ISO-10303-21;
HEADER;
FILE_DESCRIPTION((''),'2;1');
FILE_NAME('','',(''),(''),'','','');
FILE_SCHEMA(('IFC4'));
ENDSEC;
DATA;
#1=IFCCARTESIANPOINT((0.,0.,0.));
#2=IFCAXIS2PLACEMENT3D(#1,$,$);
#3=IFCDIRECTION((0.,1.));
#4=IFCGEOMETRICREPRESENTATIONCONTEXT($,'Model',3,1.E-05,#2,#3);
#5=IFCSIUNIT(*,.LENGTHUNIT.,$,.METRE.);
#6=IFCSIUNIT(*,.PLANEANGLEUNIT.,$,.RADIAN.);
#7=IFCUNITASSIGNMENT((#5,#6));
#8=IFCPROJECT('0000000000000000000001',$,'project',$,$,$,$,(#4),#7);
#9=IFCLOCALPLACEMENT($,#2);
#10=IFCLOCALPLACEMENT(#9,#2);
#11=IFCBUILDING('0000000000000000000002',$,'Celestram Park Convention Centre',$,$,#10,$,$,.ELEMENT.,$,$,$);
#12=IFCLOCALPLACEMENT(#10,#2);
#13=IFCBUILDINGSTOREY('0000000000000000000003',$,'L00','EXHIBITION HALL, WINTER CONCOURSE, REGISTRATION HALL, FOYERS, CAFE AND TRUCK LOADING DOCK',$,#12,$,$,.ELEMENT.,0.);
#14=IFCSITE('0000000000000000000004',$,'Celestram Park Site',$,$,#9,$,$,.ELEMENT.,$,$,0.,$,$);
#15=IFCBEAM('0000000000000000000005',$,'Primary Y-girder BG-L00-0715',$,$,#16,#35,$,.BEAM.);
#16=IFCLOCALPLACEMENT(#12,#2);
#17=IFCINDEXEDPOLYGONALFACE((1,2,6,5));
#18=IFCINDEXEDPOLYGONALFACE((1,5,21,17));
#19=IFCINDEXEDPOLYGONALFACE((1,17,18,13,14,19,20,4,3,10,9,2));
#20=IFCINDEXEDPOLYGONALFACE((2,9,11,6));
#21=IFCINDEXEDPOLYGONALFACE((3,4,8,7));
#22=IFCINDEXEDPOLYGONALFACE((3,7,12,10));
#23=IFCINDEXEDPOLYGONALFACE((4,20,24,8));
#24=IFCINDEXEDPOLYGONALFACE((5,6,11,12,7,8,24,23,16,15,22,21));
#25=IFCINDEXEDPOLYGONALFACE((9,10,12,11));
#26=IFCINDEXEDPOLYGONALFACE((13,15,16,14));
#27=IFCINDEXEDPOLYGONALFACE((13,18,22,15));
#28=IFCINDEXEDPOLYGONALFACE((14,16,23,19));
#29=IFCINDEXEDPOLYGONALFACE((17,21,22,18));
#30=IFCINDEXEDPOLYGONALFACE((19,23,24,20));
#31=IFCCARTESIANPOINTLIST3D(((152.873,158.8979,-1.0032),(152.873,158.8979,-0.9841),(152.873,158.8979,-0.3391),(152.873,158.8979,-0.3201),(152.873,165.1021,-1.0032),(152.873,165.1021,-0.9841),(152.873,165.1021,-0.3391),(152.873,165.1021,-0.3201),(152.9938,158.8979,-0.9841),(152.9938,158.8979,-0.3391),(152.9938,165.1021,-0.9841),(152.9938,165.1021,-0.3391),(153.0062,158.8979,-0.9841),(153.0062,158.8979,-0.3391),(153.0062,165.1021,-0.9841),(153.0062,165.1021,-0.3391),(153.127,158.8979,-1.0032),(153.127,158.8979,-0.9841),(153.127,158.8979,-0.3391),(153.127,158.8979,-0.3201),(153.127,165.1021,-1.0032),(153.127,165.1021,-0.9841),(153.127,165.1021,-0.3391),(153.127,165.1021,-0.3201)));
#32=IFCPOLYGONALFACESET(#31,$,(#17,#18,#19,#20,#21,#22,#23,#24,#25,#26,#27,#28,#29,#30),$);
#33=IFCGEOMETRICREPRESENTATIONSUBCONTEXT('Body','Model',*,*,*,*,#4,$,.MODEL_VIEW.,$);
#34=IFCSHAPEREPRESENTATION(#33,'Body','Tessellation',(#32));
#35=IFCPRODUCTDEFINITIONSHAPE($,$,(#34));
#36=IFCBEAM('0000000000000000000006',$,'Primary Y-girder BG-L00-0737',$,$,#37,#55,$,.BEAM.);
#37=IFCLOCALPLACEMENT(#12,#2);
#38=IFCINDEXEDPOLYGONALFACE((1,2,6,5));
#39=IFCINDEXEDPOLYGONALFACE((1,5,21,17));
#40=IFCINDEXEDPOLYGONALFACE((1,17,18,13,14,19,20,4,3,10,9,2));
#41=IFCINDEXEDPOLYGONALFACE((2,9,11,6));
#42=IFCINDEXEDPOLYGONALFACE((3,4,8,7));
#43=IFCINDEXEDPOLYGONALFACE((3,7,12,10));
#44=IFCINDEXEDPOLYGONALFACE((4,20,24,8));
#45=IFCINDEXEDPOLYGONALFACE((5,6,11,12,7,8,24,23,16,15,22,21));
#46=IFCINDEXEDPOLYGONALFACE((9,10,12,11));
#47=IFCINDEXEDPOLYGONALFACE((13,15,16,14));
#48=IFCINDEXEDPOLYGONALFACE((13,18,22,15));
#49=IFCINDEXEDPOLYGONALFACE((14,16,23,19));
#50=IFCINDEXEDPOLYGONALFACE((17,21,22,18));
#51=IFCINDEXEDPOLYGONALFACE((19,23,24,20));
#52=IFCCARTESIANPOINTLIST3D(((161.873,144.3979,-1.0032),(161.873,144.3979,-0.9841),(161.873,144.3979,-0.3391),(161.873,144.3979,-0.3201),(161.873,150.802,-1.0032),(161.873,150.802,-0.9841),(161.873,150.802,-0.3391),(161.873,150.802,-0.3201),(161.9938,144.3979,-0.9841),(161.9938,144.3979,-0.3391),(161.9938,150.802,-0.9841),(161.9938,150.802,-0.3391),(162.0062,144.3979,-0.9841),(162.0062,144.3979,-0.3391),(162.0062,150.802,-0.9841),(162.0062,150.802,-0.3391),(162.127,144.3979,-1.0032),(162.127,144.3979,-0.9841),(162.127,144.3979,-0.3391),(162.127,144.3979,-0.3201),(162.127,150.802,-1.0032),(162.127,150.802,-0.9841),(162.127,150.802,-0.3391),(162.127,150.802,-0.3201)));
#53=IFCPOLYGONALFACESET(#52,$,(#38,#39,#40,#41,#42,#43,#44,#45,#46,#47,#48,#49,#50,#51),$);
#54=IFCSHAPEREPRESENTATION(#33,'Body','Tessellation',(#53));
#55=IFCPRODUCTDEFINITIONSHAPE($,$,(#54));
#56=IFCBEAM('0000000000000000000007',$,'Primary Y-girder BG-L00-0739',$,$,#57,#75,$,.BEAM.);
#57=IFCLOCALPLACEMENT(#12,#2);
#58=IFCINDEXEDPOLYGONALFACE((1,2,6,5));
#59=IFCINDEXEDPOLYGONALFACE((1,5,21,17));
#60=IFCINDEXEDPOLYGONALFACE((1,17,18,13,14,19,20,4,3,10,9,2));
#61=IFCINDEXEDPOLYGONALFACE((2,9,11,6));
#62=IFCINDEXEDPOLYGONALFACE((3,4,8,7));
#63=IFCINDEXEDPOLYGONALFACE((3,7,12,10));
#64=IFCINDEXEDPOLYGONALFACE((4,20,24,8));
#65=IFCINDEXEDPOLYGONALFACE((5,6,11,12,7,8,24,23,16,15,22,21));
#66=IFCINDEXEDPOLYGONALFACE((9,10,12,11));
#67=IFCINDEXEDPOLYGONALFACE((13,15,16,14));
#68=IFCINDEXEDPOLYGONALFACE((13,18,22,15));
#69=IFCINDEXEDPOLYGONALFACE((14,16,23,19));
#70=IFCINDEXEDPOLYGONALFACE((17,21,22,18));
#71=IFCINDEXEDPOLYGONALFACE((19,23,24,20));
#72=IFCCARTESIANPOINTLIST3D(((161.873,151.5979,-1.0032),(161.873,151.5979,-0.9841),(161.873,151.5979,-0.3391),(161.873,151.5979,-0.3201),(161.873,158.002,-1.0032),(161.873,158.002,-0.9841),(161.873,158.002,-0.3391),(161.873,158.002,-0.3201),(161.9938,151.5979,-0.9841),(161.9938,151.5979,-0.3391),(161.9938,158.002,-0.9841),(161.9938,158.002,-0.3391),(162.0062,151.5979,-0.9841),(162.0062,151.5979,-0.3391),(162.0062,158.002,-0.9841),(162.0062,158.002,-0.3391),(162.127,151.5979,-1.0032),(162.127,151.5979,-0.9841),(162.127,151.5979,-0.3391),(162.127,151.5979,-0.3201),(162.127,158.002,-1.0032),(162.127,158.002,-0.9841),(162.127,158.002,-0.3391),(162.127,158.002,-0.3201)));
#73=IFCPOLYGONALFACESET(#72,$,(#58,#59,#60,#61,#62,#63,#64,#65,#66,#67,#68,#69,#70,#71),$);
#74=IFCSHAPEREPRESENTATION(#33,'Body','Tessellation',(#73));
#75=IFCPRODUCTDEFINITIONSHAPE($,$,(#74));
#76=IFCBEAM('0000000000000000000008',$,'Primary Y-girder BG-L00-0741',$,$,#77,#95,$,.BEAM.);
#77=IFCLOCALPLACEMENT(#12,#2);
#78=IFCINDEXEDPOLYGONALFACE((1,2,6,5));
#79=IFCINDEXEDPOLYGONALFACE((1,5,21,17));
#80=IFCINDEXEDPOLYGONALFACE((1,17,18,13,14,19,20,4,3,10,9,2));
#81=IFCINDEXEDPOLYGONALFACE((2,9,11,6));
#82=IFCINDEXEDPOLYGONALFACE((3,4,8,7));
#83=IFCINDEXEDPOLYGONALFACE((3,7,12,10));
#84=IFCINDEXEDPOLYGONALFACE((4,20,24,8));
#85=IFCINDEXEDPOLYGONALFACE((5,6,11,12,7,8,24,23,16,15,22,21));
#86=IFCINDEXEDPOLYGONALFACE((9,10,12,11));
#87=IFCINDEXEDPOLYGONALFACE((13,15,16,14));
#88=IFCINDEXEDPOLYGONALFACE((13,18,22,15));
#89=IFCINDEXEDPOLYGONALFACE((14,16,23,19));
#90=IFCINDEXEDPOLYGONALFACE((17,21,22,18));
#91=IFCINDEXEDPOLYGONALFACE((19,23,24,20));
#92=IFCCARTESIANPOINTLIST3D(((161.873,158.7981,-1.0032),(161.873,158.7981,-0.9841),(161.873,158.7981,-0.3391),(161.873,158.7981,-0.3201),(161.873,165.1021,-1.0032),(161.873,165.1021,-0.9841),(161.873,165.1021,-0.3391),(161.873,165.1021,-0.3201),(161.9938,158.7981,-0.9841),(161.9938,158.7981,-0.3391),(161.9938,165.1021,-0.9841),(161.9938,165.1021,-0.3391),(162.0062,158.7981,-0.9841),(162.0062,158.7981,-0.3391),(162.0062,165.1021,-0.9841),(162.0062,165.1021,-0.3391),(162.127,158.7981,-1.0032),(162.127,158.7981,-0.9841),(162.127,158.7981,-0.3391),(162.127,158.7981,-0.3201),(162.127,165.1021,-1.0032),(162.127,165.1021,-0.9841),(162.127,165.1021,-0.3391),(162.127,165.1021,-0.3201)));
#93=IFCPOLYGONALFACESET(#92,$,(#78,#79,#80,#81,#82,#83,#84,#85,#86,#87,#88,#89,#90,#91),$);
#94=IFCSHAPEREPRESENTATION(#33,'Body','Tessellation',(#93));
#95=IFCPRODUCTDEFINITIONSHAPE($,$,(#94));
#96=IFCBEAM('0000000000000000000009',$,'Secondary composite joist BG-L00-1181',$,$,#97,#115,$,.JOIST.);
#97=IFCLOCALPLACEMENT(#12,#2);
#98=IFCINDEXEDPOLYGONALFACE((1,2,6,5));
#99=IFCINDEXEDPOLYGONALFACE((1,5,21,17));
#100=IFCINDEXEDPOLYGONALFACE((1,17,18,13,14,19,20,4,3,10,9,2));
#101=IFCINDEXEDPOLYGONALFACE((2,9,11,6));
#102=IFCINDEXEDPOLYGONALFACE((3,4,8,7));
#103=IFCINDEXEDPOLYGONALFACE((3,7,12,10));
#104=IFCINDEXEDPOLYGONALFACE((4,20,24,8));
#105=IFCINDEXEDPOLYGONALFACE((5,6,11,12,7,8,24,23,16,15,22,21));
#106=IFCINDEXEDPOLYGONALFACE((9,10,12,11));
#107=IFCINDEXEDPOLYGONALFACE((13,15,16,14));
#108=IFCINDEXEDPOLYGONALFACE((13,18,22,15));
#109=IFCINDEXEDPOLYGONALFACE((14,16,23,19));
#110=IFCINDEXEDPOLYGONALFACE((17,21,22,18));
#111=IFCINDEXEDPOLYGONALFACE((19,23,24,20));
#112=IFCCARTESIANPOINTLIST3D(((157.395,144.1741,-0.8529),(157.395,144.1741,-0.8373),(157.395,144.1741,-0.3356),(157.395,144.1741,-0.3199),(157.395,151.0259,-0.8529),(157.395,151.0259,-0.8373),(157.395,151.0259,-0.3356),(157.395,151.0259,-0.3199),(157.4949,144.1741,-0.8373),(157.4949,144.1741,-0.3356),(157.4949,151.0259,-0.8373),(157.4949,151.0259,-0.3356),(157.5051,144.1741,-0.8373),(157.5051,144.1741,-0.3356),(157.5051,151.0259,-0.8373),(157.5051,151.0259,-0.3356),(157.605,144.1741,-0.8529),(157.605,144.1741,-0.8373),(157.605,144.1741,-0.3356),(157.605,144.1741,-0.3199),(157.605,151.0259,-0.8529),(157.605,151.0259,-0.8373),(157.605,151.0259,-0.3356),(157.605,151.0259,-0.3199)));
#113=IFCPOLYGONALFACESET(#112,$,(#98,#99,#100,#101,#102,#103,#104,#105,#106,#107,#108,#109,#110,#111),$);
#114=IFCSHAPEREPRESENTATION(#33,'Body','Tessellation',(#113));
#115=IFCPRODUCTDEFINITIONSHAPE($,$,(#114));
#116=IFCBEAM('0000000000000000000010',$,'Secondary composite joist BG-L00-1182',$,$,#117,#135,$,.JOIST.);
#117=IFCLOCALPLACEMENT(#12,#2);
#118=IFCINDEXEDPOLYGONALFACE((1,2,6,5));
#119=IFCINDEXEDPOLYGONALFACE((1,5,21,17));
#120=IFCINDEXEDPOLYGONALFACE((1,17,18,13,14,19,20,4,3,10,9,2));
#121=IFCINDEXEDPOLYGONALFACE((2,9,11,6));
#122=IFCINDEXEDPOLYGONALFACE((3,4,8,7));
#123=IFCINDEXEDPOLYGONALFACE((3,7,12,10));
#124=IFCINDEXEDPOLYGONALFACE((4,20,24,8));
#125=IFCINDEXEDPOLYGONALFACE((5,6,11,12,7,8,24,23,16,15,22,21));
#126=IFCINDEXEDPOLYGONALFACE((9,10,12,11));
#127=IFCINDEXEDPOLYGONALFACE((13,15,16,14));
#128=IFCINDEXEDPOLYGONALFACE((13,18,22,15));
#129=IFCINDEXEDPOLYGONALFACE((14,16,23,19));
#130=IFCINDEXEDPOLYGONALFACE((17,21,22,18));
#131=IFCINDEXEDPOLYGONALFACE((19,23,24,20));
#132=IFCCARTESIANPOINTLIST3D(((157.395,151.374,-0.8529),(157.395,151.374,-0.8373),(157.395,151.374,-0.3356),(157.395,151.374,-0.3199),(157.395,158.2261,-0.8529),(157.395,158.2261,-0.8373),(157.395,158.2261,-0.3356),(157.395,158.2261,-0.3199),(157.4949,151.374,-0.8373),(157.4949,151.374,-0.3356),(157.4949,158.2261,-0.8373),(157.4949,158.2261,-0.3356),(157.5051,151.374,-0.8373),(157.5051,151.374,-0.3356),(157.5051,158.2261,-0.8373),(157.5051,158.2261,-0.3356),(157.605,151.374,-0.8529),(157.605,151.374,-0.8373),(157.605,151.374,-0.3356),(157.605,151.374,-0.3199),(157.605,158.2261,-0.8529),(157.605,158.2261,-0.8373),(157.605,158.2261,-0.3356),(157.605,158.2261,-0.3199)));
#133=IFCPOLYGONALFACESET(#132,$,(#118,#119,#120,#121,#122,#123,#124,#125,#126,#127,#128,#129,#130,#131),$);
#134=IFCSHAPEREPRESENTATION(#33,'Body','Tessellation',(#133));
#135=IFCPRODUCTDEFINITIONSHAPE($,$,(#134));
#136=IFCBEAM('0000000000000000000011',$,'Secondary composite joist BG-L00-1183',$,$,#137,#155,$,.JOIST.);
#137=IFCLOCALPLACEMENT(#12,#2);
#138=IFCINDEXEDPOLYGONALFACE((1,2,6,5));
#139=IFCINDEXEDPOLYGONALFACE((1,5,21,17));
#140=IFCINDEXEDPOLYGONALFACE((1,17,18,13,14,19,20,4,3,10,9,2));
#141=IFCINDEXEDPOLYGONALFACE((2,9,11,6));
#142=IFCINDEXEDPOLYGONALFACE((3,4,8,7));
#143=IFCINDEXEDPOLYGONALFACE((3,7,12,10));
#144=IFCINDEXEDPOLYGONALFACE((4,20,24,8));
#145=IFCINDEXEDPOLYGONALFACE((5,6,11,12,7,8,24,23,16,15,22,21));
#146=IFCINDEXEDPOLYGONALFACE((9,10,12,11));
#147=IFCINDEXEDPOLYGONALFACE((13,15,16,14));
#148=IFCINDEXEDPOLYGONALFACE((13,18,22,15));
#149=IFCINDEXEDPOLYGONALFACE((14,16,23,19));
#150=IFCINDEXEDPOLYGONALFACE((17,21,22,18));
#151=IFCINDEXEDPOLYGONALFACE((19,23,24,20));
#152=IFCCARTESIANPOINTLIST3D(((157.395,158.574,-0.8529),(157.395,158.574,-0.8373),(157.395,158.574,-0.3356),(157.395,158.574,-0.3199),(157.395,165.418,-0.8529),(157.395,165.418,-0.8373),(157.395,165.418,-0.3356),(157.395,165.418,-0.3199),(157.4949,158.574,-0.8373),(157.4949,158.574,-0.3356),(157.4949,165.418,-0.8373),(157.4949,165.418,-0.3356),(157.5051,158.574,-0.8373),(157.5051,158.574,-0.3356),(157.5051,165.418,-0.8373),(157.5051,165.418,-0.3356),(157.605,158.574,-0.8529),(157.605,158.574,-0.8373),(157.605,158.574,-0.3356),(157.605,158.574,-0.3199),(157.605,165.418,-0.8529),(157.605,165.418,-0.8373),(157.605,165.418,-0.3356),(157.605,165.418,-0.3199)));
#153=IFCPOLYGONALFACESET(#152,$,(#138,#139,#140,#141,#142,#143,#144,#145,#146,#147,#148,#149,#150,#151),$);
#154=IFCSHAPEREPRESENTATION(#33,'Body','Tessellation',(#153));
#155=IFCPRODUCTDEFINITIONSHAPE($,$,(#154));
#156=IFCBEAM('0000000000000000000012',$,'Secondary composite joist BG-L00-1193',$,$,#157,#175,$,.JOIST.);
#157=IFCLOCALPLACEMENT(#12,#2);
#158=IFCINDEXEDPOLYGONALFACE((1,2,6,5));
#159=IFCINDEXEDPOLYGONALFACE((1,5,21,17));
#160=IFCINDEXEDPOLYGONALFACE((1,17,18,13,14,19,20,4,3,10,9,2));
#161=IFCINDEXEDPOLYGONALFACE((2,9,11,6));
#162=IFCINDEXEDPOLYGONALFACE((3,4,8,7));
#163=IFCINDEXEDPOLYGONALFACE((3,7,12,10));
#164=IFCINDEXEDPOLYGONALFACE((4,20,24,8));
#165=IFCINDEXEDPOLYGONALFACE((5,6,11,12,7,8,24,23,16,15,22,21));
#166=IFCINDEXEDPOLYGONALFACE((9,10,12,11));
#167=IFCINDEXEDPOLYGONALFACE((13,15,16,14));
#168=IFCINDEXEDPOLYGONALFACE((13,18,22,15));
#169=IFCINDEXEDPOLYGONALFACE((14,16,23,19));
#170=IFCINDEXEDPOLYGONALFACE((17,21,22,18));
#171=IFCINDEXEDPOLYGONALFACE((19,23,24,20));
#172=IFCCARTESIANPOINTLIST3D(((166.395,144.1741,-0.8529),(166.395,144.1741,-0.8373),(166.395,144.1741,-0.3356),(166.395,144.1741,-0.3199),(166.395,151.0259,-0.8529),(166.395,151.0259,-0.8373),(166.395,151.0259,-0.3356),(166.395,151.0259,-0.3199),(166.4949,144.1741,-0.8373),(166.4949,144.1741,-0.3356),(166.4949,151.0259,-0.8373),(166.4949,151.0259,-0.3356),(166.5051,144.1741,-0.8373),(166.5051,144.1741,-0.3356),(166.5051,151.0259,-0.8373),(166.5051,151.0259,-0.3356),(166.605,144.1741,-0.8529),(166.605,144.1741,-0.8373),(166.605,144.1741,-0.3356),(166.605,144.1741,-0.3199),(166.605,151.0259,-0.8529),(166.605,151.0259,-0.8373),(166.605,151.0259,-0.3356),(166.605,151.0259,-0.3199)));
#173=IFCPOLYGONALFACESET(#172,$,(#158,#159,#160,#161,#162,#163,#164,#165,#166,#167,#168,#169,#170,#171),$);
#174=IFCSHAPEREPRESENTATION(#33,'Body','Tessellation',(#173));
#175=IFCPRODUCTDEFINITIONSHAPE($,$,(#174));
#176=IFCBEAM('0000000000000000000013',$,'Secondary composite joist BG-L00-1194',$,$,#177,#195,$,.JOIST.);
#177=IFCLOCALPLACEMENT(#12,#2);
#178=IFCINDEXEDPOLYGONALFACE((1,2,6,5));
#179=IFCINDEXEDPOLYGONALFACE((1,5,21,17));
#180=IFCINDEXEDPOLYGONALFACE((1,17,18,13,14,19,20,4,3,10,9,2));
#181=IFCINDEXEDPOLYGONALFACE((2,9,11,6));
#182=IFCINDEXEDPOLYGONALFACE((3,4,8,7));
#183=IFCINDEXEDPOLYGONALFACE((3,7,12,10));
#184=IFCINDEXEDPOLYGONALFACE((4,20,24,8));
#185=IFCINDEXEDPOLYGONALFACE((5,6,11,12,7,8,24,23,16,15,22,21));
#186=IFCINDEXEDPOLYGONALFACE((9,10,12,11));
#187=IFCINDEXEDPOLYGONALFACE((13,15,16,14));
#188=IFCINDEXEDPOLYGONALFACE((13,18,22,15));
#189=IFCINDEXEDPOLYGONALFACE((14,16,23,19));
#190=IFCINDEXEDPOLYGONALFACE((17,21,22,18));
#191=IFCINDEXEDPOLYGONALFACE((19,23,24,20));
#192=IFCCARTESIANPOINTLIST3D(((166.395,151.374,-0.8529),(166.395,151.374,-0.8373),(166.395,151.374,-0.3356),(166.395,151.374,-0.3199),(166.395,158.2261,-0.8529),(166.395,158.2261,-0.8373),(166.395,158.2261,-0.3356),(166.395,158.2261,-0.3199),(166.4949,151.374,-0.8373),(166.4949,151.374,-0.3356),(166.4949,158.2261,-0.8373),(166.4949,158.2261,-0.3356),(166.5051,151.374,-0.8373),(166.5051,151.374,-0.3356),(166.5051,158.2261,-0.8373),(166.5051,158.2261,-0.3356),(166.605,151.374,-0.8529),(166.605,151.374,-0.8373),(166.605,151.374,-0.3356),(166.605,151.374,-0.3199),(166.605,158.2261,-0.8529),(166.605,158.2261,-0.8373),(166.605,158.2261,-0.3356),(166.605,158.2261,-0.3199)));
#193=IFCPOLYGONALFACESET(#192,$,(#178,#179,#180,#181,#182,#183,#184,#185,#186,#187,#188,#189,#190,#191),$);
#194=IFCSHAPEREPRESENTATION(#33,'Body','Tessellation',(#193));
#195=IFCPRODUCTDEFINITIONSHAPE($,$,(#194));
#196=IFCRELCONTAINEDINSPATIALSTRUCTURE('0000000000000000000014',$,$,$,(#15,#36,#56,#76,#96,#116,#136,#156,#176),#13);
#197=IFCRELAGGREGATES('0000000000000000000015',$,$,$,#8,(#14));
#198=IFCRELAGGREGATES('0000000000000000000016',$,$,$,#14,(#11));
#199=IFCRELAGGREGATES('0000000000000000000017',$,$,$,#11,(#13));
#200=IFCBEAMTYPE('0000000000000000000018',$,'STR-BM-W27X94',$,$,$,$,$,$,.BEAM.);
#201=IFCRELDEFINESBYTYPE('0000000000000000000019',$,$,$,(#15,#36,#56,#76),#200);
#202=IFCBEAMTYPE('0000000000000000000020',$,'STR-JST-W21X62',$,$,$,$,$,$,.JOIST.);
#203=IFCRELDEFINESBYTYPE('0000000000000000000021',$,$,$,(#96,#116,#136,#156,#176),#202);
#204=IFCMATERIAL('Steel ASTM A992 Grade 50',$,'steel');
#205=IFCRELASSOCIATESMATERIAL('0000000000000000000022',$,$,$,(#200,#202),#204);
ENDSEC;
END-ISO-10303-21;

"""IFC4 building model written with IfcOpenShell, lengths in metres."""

from ifc_helpers import new_model, si_unit, direction, frame, origin, origin_2d, place, context, subcontext, project, spatial, i_section, extrude, material, material_profile, profile_set, type_object, element, save


model = new_model("IFC4")

# Units and contexts
model_context = context("Model", 3, precision=1e-05, world=origin(), true_north=direction((0.0, 1.0)))
body_context = subcontext(model_context, "Body", "Model", "MODEL_VIEW")
ifc_project = project(units=[si_unit("LENGTHUNIT", "METRE"), si_unit("PLANEANGLEUNIT", "RADIAN")], contexts=[model_context])

# Site, building, storey
site_placement = place(None, origin())
site = spatial("IfcSite", under=ifc_project, at=site_placement, Name="Celestram Park Site", CompositionType="ELEMENT", RefElevation=0.0)
building_placement = place(site_placement, origin())
building = spatial("IfcBuilding", under=site, at=building_placement, Name="Celestram Park Convention Centre", CompositionType="ELEMENT")
storey_placement = place(building_placement, origin())
storey = spatial("IfcBuildingStorey", under=building, at=storey_placement, Name="L00", Description="EXHIBITION HALL, WINTER CONCOURSE, REGISTRATION HALL, FOYERS, CAFE AND TRUCK LOADING DOCK", CompositionType="ELEMENT", Elevation=0.0)

# Beams
ifc_material_1 = material(Name="Steel ASTM A992 Grade 50", Category="steel")
ifc_material_profile_1 = material_profile(ifc_material_1, i_section(OverallWidth=0.2539, OverallDepth=0.6831, WebThickness=0.0125, FlangeThickness=0.019, at=origin_2d()), Name="W27X94")
ifc_profile_set_1 = profile_set([ifc_material_profile_1], Name="Steel ASTM A992 Grade 50")
beam_type_1 = type_object("IfcBeamType", Name="STR-BM-W27X94", PredefinedType="BEAM", material=ifc_profile_set_1)
beam_1_placement = place(storey_placement, frame((153.0, 158.8979, -0.6616), z_axis=(0.0, 1.0, 0.0), x_axis=(-1.0, 0.0, 0.0)))
element("IfcBeam", 1, at=beam_1_placement, inside=storey, type_object=beam_type_1, Name="Primary Y-girder BG-L00-0715", PredefinedType="BEAM", context=body_context, shape_type="SweptSolid", body=[
    extrude(i_section(OverallWidth=0.2539, OverallDepth=0.6831, WebThickness=0.0125, FlangeThickness=0.019, at=origin_2d()), origin(), (0.0, 0.0, 1.0), 6.2041),
])
for number, where, z_axis, x_axis, name in (
    (2, (162.0, 144.3979, -0.6616), (0.0, 1.0, 0.0), (-1.0, 0.0, 0.0), "Primary Y-girder BG-L00-0737"),
    (3, (162.0, 151.5979, -0.6616), (0.0, 1.0, 0.0), (-1.0, 0.0, 0.0), "Primary Y-girder BG-L00-0739"),
):
    element("IfcBeam", number, at=place(storey_placement, frame(where, z_axis=z_axis, x_axis=x_axis)), inside=storey, type_object=beam_type_1, Name=name, PredefinedType="BEAM", context=body_context, shape_type="SweptSolid", body=[
        extrude(i_section(OverallWidth=0.2539, OverallDepth=0.6831, WebThickness=0.0125, FlangeThickness=0.019, at=origin_2d()), origin(), (0.0, 0.0, 1.0), 6.4041),
    ])
beam_2_placement = place(storey_placement, frame((162.0, 158.7981, -0.6616), z_axis=(0.0, 1.0, 0.0), x_axis=(-1.0, 0.0, 0.0)))
element("IfcBeam", 4, at=beam_2_placement, inside=storey, type_object=beam_type_1, Name="Primary Y-girder BG-L00-0741", PredefinedType="BEAM", context=body_context, shape_type="SweptSolid", body=[
    extrude(i_section(OverallWidth=0.2539, OverallDepth=0.6831, WebThickness=0.0125, FlangeThickness=0.019, at=origin_2d()), origin(), (0.0, 0.0, 1.0), 6.304),
])
ifc_material_profile_2 = material_profile(ifc_material_1, i_section(OverallWidth=0.21, OverallDepth=0.533, WebThickness=0.0103, FlangeThickness=0.0156, at=origin_2d()), Name="W21X62")
ifc_profile_set_2 = profile_set([ifc_material_profile_2], Name="Steel ASTM A992 Grade 50")
beam_type_2 = type_object("IfcBeamType", Name="STR-JST-W21X62", PredefinedType="JOIST", material=ifc_profile_set_2)
beam_3_placement = place(storey_placement, frame((157.5, 144.1741, -0.5864), z_axis=(0.0, 1.0, 0.0), x_axis=(-1.0, 0.0, 0.0)))
element("IfcBeam", 5, at=beam_3_placement, inside=storey, type_object=beam_type_2, Name="Secondary composite joist BG-L00-1181", PredefinedType="JOIST", context=body_context, shape_type="SweptSolid", body=[
    extrude(i_section(OverallWidth=0.21, OverallDepth=0.533, WebThickness=0.0103, FlangeThickness=0.0156, at=origin_2d()), origin(), (0.0, 0.0, 1.0), 6.8518),
])
beam_4_placement = place(storey_placement, frame((157.5, 151.374, -0.5864), z_axis=(0.0, 1.0, 0.0), x_axis=(-1.0, 0.0, 0.0)))
element("IfcBeam", 6, at=beam_4_placement, inside=storey, type_object=beam_type_2, Name="Secondary composite joist BG-L00-1182", PredefinedType="JOIST", context=body_context, shape_type="SweptSolid", body=[
    extrude(i_section(OverallWidth=0.21, OverallDepth=0.533, WebThickness=0.0103, FlangeThickness=0.0156, at=origin_2d()), origin(), (0.0, 0.0, 1.0), 6.8521),
])
beam_5_placement = place(storey_placement, frame((157.5, 158.574, -0.5864), z_axis=(0.0, 1.0, 0.0), x_axis=(-1.0, 0.0, 0.0)))
element("IfcBeam", 7, at=beam_5_placement, inside=storey, type_object=beam_type_2, Name="Secondary composite joist BG-L00-1183", PredefinedType="JOIST", context=body_context, shape_type="SweptSolid", body=[
    extrude(i_section(OverallWidth=0.21, OverallDepth=0.533, WebThickness=0.0103, FlangeThickness=0.0156, at=origin_2d()), origin(), (0.0, 0.0, 1.0), 6.844),
])
beam_6_placement = place(storey_placement, frame((166.5, 144.1741, -0.5864), z_axis=(0.0, 1.0, 0.0), x_axis=(-1.0, 0.0, 0.0)))
element("IfcBeam", 8, at=beam_6_placement, inside=storey, type_object=beam_type_2, Name="Secondary composite joist BG-L00-1193", PredefinedType="JOIST", context=body_context, shape_type="SweptSolid", body=[
    extrude(i_section(OverallWidth=0.21, OverallDepth=0.533, WebThickness=0.0103, FlangeThickness=0.0156, at=origin_2d()), origin(), (0.0, 0.0, 1.0), 6.8518),
])
beam_7_placement = place(storey_placement, frame((166.5, 151.374, -0.5864), z_axis=(0.0, 1.0, 0.0), x_axis=(-1.0, 0.0, 0.0)))
element("IfcBeam", 9, at=beam_7_placement, inside=storey, type_object=beam_type_2, Name="Secondary composite joist BG-L00-1194", PredefinedType="JOIST", context=body_context, shape_type="SweptSolid", body=[
    extrude(i_section(OverallWidth=0.21, OverallDepth=0.533, WebThickness=0.0103, FlangeThickness=0.0156, at=origin_2d()), origin(), (0.0, 0.0, 1.0), 6.8521),
])

save(model, "model.ifc")
